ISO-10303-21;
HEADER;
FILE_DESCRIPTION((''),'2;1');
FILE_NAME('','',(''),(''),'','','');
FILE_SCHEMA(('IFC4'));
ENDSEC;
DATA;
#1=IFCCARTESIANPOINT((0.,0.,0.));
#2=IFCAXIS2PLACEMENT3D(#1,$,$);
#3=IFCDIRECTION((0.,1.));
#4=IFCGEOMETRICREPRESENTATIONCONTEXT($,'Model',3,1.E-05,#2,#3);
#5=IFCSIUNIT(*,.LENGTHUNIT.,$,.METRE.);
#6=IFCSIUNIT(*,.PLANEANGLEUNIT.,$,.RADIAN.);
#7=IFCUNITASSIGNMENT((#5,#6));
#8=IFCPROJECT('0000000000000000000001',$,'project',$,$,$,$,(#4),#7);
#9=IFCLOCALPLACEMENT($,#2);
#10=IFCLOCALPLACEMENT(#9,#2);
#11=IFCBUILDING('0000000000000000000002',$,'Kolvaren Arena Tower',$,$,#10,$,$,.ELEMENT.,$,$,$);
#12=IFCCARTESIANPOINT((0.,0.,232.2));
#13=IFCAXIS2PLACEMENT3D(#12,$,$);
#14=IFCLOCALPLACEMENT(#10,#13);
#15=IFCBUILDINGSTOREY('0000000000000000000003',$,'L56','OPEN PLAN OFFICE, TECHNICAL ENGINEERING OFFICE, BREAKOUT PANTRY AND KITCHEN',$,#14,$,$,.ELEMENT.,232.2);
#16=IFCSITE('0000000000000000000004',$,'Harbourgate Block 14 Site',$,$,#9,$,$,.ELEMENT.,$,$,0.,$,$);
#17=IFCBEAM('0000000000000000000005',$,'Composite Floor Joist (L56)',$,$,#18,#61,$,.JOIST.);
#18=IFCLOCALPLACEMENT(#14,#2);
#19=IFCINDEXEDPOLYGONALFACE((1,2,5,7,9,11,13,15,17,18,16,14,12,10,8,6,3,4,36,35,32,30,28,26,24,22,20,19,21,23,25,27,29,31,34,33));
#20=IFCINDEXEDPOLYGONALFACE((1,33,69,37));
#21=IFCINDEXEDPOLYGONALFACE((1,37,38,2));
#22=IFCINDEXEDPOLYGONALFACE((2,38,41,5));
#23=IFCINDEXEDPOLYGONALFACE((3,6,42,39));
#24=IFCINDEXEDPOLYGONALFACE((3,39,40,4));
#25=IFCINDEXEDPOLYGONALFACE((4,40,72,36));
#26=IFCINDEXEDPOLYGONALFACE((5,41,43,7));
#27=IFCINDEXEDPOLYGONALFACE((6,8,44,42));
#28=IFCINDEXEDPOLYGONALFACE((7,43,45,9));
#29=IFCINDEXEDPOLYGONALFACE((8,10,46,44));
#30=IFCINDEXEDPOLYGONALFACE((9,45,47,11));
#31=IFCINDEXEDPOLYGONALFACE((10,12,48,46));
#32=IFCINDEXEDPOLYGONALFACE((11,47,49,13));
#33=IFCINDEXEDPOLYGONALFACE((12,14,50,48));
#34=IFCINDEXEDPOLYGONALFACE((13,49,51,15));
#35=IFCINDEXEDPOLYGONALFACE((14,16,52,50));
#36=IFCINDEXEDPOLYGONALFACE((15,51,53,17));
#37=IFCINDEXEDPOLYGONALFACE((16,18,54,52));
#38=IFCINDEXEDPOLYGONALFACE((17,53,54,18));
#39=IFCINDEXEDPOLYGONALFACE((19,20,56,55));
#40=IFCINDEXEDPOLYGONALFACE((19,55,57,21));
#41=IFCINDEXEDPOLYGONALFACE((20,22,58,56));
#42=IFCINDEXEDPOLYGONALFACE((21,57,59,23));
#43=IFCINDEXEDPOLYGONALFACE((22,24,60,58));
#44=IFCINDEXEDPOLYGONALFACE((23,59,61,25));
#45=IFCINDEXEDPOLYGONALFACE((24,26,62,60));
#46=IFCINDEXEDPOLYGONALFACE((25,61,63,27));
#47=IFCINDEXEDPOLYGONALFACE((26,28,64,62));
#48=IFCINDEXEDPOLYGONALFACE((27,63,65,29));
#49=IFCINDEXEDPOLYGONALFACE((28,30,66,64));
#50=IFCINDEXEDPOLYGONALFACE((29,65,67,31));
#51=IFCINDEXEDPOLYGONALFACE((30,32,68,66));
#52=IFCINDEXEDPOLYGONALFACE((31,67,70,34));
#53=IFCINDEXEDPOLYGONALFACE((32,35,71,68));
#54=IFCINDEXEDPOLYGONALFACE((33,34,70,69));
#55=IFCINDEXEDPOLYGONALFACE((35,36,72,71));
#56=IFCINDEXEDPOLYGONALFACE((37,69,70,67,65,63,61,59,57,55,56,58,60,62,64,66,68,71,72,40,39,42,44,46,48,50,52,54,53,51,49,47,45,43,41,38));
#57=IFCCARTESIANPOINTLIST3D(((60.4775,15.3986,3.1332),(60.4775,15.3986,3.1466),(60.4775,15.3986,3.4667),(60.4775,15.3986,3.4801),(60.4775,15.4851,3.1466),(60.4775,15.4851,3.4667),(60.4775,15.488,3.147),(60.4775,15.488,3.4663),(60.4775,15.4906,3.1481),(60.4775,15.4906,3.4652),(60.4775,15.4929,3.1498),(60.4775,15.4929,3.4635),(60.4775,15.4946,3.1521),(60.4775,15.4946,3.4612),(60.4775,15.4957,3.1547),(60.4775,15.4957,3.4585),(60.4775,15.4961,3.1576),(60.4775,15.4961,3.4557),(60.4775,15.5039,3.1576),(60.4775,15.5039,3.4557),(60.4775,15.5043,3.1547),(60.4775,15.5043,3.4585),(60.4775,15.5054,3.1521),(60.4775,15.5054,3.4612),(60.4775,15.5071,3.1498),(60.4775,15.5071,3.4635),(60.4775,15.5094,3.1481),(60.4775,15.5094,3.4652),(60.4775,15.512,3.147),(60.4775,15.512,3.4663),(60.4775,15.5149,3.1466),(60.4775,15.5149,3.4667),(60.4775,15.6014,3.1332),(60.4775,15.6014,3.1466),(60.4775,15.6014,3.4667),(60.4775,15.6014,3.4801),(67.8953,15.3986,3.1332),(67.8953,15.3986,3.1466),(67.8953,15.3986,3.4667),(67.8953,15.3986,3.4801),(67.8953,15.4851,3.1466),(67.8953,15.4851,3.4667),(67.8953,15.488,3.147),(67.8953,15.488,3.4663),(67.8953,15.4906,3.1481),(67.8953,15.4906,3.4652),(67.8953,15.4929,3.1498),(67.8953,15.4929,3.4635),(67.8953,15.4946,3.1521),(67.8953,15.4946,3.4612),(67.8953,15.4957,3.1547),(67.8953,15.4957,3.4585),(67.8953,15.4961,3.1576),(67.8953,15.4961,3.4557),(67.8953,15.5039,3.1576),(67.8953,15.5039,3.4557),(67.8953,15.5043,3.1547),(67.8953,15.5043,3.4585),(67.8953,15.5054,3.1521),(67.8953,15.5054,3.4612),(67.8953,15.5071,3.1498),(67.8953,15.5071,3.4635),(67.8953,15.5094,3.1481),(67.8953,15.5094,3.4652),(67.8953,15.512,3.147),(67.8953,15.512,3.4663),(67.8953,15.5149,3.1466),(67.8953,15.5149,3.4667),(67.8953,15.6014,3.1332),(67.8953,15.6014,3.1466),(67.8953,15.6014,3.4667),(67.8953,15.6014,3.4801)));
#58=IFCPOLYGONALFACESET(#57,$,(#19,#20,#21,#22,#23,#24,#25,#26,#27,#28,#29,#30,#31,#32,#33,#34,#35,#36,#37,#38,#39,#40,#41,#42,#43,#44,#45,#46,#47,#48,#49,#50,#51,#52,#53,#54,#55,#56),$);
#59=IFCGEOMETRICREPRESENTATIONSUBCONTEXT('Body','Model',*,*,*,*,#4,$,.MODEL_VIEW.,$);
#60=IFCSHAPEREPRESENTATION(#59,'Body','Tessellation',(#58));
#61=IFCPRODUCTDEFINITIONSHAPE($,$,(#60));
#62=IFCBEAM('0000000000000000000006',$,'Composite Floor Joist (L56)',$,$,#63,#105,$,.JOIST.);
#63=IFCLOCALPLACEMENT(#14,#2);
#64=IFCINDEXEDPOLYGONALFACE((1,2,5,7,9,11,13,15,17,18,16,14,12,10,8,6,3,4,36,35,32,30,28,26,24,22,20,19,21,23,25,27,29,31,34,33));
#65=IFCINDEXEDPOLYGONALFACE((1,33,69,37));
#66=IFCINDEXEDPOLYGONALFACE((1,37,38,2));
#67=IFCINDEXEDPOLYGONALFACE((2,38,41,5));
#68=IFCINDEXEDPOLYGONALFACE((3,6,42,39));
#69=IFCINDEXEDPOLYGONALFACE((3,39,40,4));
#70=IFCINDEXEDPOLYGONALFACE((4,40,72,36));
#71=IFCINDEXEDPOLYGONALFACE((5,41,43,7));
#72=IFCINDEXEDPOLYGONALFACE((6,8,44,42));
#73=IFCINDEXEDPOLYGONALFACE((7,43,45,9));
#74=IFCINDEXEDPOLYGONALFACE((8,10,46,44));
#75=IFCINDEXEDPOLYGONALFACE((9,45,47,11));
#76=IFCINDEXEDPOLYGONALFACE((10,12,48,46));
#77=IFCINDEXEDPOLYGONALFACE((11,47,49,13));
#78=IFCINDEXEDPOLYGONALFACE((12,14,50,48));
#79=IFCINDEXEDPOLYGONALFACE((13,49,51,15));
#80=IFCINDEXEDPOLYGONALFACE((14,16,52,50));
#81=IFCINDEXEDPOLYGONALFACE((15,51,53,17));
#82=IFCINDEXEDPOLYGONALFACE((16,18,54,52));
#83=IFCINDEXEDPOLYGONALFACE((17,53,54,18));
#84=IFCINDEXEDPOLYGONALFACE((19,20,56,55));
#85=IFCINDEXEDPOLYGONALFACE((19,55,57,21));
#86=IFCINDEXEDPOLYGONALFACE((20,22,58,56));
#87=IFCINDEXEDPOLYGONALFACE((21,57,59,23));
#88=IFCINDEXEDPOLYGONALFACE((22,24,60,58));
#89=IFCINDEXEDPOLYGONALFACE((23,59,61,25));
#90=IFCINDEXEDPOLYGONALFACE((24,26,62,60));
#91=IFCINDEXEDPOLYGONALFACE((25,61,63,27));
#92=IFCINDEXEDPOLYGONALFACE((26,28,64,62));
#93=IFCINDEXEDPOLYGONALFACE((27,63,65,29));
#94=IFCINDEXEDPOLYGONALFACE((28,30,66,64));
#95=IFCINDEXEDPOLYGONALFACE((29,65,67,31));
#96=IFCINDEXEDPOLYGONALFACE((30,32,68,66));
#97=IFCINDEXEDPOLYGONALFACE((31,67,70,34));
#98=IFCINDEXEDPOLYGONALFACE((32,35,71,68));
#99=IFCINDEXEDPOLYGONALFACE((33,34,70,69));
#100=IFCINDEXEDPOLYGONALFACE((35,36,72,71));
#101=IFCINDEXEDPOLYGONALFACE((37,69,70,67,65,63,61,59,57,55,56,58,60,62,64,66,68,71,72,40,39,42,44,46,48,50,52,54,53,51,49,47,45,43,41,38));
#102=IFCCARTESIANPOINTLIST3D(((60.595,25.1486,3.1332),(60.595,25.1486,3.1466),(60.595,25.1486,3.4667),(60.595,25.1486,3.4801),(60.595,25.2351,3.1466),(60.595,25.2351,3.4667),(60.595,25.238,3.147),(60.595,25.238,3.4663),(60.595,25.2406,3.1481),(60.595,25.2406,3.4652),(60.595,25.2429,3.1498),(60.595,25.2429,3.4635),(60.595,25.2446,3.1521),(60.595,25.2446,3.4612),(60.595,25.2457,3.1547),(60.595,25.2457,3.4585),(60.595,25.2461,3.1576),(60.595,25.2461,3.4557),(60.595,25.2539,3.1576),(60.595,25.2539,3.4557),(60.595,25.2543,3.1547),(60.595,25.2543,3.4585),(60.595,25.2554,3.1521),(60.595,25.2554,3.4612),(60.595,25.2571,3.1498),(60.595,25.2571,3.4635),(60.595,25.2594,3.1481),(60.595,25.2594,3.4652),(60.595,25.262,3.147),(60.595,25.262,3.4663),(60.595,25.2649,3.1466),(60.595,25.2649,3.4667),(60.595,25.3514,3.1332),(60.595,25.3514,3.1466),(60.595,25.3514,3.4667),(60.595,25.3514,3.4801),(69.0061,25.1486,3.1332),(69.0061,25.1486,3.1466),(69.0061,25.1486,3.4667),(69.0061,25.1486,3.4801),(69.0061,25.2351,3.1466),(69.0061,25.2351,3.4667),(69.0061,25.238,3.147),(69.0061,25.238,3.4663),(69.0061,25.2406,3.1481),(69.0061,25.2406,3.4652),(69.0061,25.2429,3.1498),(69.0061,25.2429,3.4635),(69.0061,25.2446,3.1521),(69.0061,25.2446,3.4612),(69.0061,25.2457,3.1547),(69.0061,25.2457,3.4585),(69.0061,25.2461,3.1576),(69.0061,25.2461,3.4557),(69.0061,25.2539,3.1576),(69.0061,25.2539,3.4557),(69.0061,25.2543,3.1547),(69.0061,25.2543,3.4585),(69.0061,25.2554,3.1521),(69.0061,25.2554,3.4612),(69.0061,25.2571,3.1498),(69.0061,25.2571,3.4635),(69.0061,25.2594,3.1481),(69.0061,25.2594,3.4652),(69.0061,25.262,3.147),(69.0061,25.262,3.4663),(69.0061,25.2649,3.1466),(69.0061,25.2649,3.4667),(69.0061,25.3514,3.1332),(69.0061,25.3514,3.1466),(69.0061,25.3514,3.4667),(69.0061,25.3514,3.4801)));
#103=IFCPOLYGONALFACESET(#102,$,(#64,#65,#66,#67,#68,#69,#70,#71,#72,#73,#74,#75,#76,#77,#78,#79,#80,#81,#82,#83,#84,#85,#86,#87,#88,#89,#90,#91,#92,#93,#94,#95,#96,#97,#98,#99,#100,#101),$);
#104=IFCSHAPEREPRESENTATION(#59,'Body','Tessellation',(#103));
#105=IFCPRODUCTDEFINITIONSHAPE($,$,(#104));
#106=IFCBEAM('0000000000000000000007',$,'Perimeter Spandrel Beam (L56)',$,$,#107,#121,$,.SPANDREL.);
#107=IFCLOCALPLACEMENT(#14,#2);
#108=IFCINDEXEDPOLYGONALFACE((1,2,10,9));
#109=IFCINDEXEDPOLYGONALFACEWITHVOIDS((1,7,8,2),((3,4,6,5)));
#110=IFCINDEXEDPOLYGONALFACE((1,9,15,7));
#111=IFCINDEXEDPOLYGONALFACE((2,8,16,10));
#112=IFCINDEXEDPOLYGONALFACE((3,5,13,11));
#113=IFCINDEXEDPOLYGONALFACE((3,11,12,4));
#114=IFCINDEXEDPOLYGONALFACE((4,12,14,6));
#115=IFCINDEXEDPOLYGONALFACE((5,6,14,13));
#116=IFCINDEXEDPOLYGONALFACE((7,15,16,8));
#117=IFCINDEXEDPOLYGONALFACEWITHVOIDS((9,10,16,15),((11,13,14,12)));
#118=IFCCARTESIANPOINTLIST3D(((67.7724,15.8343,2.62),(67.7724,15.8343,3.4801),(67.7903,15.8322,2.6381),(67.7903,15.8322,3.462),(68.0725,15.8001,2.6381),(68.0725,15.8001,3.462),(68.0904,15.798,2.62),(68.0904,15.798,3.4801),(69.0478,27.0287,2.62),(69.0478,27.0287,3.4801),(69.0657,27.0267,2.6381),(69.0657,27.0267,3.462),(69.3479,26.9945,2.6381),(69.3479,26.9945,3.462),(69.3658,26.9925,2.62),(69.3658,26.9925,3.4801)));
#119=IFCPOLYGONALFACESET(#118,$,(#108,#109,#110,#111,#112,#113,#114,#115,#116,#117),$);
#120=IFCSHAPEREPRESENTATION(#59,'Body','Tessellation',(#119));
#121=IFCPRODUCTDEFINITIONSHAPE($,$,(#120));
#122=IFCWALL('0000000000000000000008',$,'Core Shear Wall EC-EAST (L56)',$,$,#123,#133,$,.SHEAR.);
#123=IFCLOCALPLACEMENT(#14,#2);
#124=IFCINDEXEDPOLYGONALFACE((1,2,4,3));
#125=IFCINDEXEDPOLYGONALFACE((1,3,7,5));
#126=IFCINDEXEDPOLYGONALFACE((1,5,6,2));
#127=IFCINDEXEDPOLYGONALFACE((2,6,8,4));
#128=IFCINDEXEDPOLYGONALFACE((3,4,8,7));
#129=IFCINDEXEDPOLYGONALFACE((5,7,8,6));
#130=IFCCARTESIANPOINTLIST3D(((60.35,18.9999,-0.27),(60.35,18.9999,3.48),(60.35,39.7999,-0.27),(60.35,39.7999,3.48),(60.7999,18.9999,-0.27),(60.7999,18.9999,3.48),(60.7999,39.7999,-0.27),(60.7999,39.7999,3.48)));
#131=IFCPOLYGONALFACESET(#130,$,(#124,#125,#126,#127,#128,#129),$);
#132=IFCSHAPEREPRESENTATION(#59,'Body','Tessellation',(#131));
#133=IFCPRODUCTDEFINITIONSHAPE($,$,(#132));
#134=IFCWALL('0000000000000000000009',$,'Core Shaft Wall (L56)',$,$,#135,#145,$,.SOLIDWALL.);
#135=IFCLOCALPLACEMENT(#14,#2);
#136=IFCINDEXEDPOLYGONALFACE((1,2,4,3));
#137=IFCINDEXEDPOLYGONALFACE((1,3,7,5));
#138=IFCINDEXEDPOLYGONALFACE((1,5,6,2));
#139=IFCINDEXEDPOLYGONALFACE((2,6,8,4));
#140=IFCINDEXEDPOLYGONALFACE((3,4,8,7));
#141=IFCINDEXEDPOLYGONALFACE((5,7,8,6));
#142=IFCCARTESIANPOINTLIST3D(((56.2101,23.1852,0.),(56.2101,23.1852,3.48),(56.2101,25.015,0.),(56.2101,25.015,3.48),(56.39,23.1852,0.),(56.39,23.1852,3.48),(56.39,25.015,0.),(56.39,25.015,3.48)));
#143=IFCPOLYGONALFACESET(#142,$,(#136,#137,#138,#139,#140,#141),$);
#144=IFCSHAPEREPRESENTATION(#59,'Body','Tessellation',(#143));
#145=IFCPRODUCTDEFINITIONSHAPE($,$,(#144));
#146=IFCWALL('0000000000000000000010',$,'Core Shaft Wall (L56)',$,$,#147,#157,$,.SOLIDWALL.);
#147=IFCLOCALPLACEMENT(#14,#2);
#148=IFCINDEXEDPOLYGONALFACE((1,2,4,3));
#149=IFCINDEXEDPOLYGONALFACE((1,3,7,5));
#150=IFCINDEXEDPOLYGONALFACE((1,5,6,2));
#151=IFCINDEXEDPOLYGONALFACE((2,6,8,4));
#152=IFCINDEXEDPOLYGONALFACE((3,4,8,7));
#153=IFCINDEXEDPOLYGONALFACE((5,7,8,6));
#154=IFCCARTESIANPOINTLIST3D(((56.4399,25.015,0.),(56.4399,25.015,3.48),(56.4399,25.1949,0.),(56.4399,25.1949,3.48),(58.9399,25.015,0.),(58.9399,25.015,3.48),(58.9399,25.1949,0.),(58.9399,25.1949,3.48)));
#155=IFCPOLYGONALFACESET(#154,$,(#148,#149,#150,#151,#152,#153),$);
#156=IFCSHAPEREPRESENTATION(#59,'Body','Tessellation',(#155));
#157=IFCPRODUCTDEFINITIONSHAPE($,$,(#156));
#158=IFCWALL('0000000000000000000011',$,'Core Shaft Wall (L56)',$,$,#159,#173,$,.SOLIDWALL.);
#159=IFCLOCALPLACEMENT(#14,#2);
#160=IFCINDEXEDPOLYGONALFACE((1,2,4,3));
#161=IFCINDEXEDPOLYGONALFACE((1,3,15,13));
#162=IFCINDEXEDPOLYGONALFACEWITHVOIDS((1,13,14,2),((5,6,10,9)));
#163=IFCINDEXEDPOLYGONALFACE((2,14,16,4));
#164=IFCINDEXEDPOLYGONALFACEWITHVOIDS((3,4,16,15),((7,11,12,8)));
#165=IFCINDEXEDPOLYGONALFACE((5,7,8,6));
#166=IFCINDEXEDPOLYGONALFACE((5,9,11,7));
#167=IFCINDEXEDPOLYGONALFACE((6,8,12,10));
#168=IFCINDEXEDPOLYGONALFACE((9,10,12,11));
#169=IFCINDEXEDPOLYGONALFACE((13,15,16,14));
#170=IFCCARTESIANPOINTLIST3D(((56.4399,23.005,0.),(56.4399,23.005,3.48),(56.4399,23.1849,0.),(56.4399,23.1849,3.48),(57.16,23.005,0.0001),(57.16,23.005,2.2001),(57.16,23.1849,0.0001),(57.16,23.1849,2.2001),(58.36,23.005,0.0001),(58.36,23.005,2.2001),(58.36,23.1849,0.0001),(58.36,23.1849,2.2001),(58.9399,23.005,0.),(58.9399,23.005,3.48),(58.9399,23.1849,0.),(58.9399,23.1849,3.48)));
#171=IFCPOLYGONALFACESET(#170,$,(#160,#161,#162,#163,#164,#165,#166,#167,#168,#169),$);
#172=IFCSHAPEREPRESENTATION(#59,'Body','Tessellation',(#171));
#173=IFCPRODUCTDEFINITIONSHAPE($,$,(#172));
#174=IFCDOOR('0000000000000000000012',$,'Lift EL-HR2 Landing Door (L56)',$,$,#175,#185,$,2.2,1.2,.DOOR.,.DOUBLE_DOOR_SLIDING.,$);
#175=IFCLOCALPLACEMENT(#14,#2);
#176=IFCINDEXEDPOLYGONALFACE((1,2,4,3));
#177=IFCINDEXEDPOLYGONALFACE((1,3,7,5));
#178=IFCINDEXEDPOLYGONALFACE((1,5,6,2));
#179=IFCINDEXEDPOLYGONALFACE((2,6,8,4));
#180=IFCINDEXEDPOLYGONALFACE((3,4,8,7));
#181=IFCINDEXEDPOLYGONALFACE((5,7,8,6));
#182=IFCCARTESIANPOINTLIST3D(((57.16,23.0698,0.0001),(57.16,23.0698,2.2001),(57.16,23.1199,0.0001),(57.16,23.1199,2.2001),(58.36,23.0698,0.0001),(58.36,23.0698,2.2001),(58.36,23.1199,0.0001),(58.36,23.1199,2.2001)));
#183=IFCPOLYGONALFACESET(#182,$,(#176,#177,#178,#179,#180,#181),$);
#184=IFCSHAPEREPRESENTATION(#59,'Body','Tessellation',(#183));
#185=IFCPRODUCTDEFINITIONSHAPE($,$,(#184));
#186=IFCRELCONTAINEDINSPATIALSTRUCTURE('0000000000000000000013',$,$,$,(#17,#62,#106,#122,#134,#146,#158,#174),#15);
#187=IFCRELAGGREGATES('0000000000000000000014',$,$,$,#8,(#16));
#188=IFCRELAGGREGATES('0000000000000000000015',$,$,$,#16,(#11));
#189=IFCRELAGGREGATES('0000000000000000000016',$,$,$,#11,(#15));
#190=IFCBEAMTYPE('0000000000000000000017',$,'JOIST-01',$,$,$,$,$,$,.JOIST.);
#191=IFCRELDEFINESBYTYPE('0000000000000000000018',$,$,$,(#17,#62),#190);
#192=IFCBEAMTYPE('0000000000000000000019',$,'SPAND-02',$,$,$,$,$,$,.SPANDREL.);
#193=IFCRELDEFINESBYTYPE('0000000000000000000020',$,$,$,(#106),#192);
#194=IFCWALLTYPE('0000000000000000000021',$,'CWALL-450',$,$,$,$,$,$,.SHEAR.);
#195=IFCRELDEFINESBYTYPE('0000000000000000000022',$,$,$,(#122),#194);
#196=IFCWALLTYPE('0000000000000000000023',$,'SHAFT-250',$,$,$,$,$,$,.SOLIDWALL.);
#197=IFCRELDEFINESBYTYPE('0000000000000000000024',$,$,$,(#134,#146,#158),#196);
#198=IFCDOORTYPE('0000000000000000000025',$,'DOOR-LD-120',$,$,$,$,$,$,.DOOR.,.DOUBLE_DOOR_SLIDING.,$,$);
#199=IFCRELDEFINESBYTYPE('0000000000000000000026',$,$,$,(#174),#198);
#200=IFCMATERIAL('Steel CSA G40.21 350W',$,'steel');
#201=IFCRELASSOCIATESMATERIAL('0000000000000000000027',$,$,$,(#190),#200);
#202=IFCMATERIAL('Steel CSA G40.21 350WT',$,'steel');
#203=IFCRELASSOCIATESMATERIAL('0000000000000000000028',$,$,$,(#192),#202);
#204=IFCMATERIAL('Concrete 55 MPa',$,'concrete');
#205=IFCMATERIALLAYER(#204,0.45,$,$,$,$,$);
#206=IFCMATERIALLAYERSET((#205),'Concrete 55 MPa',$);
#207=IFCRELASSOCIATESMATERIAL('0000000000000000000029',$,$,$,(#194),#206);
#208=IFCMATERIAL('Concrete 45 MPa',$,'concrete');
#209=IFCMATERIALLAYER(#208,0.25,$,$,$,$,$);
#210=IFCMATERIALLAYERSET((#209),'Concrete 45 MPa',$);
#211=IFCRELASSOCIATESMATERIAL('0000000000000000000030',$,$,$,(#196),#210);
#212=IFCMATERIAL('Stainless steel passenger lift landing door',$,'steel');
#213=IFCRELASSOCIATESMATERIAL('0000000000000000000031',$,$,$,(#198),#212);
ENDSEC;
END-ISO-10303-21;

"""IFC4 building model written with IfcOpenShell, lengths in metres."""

from ifc_helpers import new_model, si_unit, direction, frame, frame_2d, origin, origin_2d, place, context, subcontext, project, spatial, rectangle, hollow_rectangle, i_section, extrude, material, layer, layer_set, material_profile, profile_set, type_object, element, fill, save


model = new_model("IFC4")

# Units and contexts
model_context = context("Model", 3, precision=1e-05, world=origin(), true_north=direction((0.0, 1.0)))
body_context = subcontext(model_context, "Body", "Model", "MODEL_VIEW")
ifc_project = project(units=[si_unit("LENGTHUNIT", "METRE"), si_unit("PLANEANGLEUNIT", "RADIAN")], contexts=[model_context])

# Site, building, storey
site_placement = place(None, origin())
site = spatial("IfcSite", under=ifc_project, at=site_placement, Name="Harbourgate Block 14 Site", CompositionType="ELEMENT", RefElevation=0.0)
building_placement = place(site_placement, origin())
building = spatial("IfcBuilding", under=site, at=building_placement, Name="Kolvaren Arena Tower", CompositionType="ELEMENT")
storey_placement = place(building_placement, frame((0.0, 0.0, 232.2)))
storey = spatial("IfcBuildingStorey", under=building, at=storey_placement, Name="L56", Description="OPEN PLAN OFFICE, TECHNICAL ENGINEERING OFFICE, BREAKOUT PANTRY AND KITCHEN", CompositionType="ELEMENT", Elevation=232.2)

# Beams
ifc_material_1 = material(Name="Steel CSA G40.21 350W", Category="steel")
ifc_material_profile_1 = material_profile(ifc_material_1, i_section(OverallWidth=0.2029, OverallDepth=0.3469, WebThickness=0.0078, FlangeThickness=0.0134, FilletRadius=0.011, at=origin_2d()), Name="W360x64")
ifc_profile_set_1 = profile_set([ifc_material_profile_1], Name="Steel CSA G40.21 350W")
beam_type_1 = type_object("IfcBeamType", Name="JOIST-01", PredefinedType="JOIST", material=ifc_profile_set_1)
beam_1_placement = place(storey_placement, frame((60.4775, 15.5, 3.3066), z_axis=(1.0, 0.0, 0.0), x_axis=(0.0, 1.0, 0.0)))
element("IfcBeam", 1, at=beam_1_placement, inside=storey, type_object=beam_type_1, Name="Composite Floor Joist (L56)", PredefinedType="JOIST", context=body_context, shape_type="SweptSolid", body=[
    extrude(i_section(OverallWidth=0.2029, OverallDepth=0.3469, WebThickness=0.0078, FlangeThickness=0.0134, FilletRadius=0.011, at=origin_2d()), origin(), (0.0, 0.0, 1.0), 7.4177),
])
beam_2_placement = place(storey_placement, frame((60.595, 25.25, 3.3066), z_axis=(1.0, 0.0, 0.0), x_axis=(0.0, 1.0, 0.0)))
element("IfcBeam", 2, at=beam_2_placement, inside=storey, type_object=beam_type_1, Name="Composite Floor Joist (L56)", PredefinedType="JOIST", context=body_context, shape_type="SweptSolid", body=[
    extrude(i_section(OverallWidth=0.2029, OverallDepth=0.3469, WebThickness=0.0078, FlangeThickness=0.0134, FilletRadius=0.011, at=origin_2d()), origin(), (0.0, 0.0, 1.0), 8.4111),
])
ifc_material_2 = material(Name="Steel CSA G40.21 350WT", Category="steel")
ifc_material_profile_2 = material_profile(ifc_material_2, hollow_rectangle(XDim=0.3201, YDim=0.8601, WallThickness=0.0181, at=origin_2d()), Name="HSS 860x320x18")
ifc_profile_set_2 = profile_set([ifc_material_profile_2], Name="Steel CSA G40.21 350WT")
beam_type_2 = type_object("IfcBeamType", Name="SPAND-02", PredefinedType="SPANDREL", material=ifc_profile_set_2)
beam_3_placement = place(storey_placement, frame((67.9314, 15.8162, 3.05), z_axis=(0.113199, 0.993572, 0.0), x_axis=(-0.993572, 0.113199, 0.0)))
element("IfcBeam", 3, at=beam_3_placement, inside=storey, type_object=beam_type_2, Name="Perimeter Spandrel Beam (L56)", PredefinedType="SPANDREL", context=body_context, shape_type="SweptSolid", body=[
    extrude(hollow_rectangle(XDim=0.3201, YDim=0.8601, WallThickness=0.0181, at=origin_2d()), origin(), (0.0, 0.0, 1.0), 11.2668),
])

# Walls
ifc_material_3 = material(Name="Concrete 55 MPa", Category="concrete")
ifc_layer_1 = layer(ifc_material_3, 0.45)
ifc_layer_set_1 = layer_set([ifc_layer_1], Name="Concrete 55 MPa")
wall_type_1 = type_object("IfcWallType", Name="CWALL-450", PredefinedType="SHEAR", material=ifc_layer_set_1)
wall_1_placement = place(storey_placement, frame((60.575, 19.0, -0.27), z_axis=(0.0, 0.0, 1.0), x_axis=(0.0, 1.0, 0.0)))
element("IfcWall", 4, at=wall_1_placement, inside=storey, type_object=wall_type_1, Name="Core Shear Wall EC-EAST (L56)", PredefinedType="SHEAR", context=body_context, shape_type="SweptSolid", body=[
    extrude(rectangle(XDim=20.8, YDim=0.45, at=frame_2d((10.3999, 0.0))), origin(), (0.0, 0.0, 1.0), 3.75),
])
ifc_material_4 = material(Name="Concrete 45 MPa", Category="concrete")
ifc_layer_2 = layer(ifc_material_4, 0.25)
ifc_layer_set_2 = layer_set([ifc_layer_2], Name="Concrete 45 MPa")
wall_type_2 = type_object("IfcWallType", Name="SHAFT-250", PredefinedType="SOLIDWALL", material=ifc_layer_set_2)
wall_2_placement = place(storey_placement, frame((56.3, 23.1851, 0.0), z_axis=(0.0, 0.0, 1.0), x_axis=(0.0, 1.0, 0.0)))
element("IfcWall", 5, at=wall_2_placement, inside=storey, type_object=wall_type_2, Name="Core Shaft Wall (L56)", PredefinedType="SOLIDWALL", context=body_context, shape_type="SweptSolid", body=[
    extrude(rectangle(XDim=1.8298, YDim=0.1799, at=frame_2d((0.915, 0.0))), origin(), (0.0, 0.0, 1.0), 3.48),
])
wall_3_placement = place(storey_placement, frame((56.4399, 25.105, 0.0), z_axis=(0.0, 0.0, 1.0), x_axis=(1.0, 0.0, 0.0)))
element("IfcWall", 6, at=wall_3_placement, inside=storey, type_object=wall_type_2, Name="Core Shaft Wall (L56)", PredefinedType="SOLIDWALL", context=body_context, shape_type="SweptSolid", body=[
    extrude(rectangle(XDim=2.5, YDim=0.1799, at=frame_2d((1.25, 0.0))), origin(), (0.0, 0.0, 1.0), 3.48),
])

# Wall, opening, door
wall_4_placement = place(storey_placement, frame((56.4399, 23.095, 0.0), z_axis=(0.0, 0.0, 1.0), x_axis=(1.0, 0.0, 0.0)))
wall_4 = element("IfcWall", 7, at=wall_4_placement, inside=storey, type_object=wall_type_2, Name="Core Shaft Wall (L56)", PredefinedType="SOLIDWALL", context=body_context, shape_type="SweptSolid", body=[
    extrude(rectangle(XDim=2.5, YDim=0.1799, at=frame_2d((1.25, 0.0))), origin(), (0.0, 0.0, 1.0), 3.48),
])
opening_placement = place(wall_4_placement, frame((0.72, 0.0, 0.0)))
opening = element("IfcOpeningElement", 8, at=opening_placement, cuts=wall_4, PredefinedType="OPENING", context=body_context, shape_type="SweptSolid", body=[
    extrude(rectangle(XDim=1.2, YDim=2.2, at=frame_2d((0.6001, 1.1001))), frame((0.0, 0.0999, 0.0), z_axis=(0.0, -1.0, 0.0), x_axis=(1.0, 0.0, 0.0)), (0.0, 0.0, 1.0), 0.2),
])
ifc_material_5 = material(Name="Stainless steel passenger lift landing door", Category="steel")
door_type = type_object("IfcDoorType", Name="DOOR-LD-120", OperationType="DOUBLE_DOOR_SLIDING", PredefinedType="DOOR", material=ifc_material_5)
door_placement = place(opening_placement, origin())
door = element("IfcDoor", 9, at=door_placement, inside=storey, type_object=door_type, Name="Lift EL-HR2 Landing Door (L56)", OperationType="DOUBLE_DOOR_SLIDING", OverallHeight=2.2, OverallWidth=1.2, PredefinedType="DOOR", context=body_context, shape_type="SweptSolid", body=[
    extrude(rectangle(XDim=1.2, YDim=2.2, at=frame_2d((0.6001, 1.1001))), frame((0.0, 0.0249, 0.0), z_axis=(0.0, -1.0, 0.0), x_axis=(1.0, 0.0, 0.0)), (0.0, 0.0, 1.0), 0.05),
])
fill(opening, door)

save(model, "model.ifc")
